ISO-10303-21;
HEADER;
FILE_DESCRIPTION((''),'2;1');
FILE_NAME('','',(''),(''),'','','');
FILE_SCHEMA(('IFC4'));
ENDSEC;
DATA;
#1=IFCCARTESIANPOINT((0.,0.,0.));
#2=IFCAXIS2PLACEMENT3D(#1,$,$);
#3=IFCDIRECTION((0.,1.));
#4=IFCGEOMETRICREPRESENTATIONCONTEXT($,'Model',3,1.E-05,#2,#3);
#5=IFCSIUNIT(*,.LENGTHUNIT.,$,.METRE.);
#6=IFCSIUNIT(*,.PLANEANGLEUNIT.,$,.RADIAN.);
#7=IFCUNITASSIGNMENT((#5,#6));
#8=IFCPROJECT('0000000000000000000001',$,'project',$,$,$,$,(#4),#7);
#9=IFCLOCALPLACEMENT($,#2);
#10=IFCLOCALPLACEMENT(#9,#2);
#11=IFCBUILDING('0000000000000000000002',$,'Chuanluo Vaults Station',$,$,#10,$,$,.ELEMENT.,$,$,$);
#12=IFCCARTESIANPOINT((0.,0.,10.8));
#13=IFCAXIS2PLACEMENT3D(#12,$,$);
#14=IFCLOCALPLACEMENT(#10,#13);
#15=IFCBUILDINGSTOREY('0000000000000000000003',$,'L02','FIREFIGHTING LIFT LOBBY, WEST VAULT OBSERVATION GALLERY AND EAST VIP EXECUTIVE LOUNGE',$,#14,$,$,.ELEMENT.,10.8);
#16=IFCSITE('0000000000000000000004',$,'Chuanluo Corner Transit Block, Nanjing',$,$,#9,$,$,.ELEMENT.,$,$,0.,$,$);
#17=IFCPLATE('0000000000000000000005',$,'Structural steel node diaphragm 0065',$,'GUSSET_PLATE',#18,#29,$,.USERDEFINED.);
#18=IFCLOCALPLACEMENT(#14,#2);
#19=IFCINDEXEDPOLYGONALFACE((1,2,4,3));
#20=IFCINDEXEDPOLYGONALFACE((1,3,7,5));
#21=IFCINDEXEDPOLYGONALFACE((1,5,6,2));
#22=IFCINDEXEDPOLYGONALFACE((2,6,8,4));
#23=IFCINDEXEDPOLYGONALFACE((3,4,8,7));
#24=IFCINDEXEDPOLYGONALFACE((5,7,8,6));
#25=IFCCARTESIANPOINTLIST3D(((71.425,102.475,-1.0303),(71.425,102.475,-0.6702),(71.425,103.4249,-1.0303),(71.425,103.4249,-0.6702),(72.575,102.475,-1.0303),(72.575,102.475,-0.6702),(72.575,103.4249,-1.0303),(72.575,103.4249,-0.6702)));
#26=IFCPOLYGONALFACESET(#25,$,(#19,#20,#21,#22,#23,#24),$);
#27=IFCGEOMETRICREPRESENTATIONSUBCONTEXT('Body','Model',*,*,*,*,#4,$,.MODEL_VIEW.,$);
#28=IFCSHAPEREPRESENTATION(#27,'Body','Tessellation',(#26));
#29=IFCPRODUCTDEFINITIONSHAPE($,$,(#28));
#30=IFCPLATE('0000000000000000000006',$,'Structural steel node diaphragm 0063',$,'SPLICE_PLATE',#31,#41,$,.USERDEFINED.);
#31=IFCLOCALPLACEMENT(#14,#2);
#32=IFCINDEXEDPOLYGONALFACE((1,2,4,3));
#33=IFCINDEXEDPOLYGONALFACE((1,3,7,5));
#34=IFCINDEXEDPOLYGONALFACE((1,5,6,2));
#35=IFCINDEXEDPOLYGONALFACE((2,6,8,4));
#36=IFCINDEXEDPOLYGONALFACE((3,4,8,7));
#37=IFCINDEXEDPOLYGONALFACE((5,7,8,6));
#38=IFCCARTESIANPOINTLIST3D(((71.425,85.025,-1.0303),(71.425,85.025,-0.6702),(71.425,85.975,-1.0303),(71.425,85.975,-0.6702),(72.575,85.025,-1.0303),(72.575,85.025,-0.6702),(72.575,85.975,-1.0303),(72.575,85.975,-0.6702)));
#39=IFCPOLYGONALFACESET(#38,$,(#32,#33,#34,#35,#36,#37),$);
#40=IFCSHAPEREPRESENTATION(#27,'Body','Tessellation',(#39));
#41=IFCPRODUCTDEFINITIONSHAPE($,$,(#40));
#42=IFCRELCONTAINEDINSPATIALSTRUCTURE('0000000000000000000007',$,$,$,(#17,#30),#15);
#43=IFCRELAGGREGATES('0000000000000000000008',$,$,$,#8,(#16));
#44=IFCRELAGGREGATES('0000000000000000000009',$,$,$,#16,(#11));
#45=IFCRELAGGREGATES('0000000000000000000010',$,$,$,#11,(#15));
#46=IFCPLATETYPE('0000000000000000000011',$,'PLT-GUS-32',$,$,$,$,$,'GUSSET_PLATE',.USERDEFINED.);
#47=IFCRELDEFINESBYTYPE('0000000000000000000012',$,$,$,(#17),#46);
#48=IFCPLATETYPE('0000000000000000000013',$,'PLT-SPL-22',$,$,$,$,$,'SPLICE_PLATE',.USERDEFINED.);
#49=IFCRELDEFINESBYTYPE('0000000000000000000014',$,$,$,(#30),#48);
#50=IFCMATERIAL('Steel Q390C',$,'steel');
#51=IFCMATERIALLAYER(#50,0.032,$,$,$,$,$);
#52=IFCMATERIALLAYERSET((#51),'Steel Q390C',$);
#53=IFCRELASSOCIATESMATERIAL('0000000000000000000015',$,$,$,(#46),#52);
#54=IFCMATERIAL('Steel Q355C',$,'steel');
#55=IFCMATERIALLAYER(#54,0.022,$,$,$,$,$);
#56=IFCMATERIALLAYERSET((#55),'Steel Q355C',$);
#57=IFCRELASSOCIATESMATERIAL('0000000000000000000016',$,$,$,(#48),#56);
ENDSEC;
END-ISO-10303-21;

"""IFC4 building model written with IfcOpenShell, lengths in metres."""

from ifc_helpers import new_model, si_unit, direction, frame, origin, origin_2d, place, context, subcontext, project, spatial, rectangle, extrude, material, layer, layer_set, type_object, element, save


model = new_model("IFC4")

# Units and contexts
model_context = context("Model", 3, precision=1e-05, world=origin(), true_north=direction((0.0, 1.0)))
body_context = subcontext(model_context, "Body", "Model", "MODEL_VIEW")
ifc_project = project(units=[si_unit("LENGTHUNIT", "METRE"), si_unit("PLANEANGLEUNIT", "RADIAN")], contexts=[model_context])

# Site, building, storey
site_placement = place(None, origin())
site = spatial("IfcSite", under=ifc_project, at=site_placement, Name="Chuanluo Corner Transit Block, Nanjing", CompositionType="ELEMENT", RefElevation=0.0)
building_placement = place(site_placement, origin())
building = spatial("IfcBuilding", under=site, at=building_placement, Name="Chuanluo Vaults Station", CompositionType="ELEMENT")
storey_placement = place(building_placement, frame((0.0, 0.0, 10.8)))
storey = spatial("IfcBuildingStorey", under=building, at=storey_placement, Name="L02", Description="FIREFIGHTING LIFT LOBBY, WEST VAULT OBSERVATION GALLERY AND EAST VIP EXECUTIVE LOUNGE", CompositionType="ELEMENT", Elevation=10.8)

# Plates
ifc_material_1 = material(Name="Steel Q390C", Category="steel")
ifc_layer_1 = layer(ifc_material_1, 0.032)
ifc_layer_set_1 = layer_set([ifc_layer_1], Name="Steel Q390C")
plate_type_1 = type_object("IfcPlateType", Name="PLT-GUS-32", ElementType="GUSSET_PLATE", PredefinedType="USERDEFINED", material=ifc_layer_set_1)
plate_1_placement = place(storey_placement, frame((72.0, 102.95, -1.0303), z_axis=(0.0, 0.0, 1.0), x_axis=(1.0, 0.0, 0.0)))
element("IfcPlate", 1, at=plate_1_placement, inside=storey, type_object=plate_type_1, Name="Structural steel node diaphragm 0065", ObjectType="GUSSET_PLATE", PredefinedType="USERDEFINED", context=body_context, shape_type="SweptSolid", body=[
    extrude(rectangle(XDim=1.1499, YDim=0.95, at=origin_2d()), origin(), (0.0, 0.0, 1.0), 0.3601),
])
ifc_material_2 = material(Name="Steel Q355C", Category="steel")
ifc_layer_2 = layer(ifc_material_2, 0.022)
ifc_layer_set_2 = layer_set([ifc_layer_2], Name="Steel Q355C")
plate_type_2 = type_object("IfcPlateType", Name="PLT-SPL-22", ElementType="SPLICE_PLATE", PredefinedType="USERDEFINED", material=ifc_layer_set_2)
plate_2_placement = place(storey_placement, frame((72.0, 85.5, -1.0303), z_axis=(0.0, 0.0, 1.0), x_axis=(1.0, 0.0, 0.0)))
element("IfcPlate", 2, at=plate_2_placement, inside=storey, type_object=plate_type_2, Name="Structural steel node diaphragm 0063", ObjectType="SPLICE_PLATE", PredefinedType="USERDEFINED", context=body_context, shape_type="SweptSolid", body=[
    extrude(rectangle(XDim=1.1499, YDim=0.95, at=origin_2d()), origin(), (0.0, 0.0, 1.0), 0.3601),
])

save(model, "model.ifc")
